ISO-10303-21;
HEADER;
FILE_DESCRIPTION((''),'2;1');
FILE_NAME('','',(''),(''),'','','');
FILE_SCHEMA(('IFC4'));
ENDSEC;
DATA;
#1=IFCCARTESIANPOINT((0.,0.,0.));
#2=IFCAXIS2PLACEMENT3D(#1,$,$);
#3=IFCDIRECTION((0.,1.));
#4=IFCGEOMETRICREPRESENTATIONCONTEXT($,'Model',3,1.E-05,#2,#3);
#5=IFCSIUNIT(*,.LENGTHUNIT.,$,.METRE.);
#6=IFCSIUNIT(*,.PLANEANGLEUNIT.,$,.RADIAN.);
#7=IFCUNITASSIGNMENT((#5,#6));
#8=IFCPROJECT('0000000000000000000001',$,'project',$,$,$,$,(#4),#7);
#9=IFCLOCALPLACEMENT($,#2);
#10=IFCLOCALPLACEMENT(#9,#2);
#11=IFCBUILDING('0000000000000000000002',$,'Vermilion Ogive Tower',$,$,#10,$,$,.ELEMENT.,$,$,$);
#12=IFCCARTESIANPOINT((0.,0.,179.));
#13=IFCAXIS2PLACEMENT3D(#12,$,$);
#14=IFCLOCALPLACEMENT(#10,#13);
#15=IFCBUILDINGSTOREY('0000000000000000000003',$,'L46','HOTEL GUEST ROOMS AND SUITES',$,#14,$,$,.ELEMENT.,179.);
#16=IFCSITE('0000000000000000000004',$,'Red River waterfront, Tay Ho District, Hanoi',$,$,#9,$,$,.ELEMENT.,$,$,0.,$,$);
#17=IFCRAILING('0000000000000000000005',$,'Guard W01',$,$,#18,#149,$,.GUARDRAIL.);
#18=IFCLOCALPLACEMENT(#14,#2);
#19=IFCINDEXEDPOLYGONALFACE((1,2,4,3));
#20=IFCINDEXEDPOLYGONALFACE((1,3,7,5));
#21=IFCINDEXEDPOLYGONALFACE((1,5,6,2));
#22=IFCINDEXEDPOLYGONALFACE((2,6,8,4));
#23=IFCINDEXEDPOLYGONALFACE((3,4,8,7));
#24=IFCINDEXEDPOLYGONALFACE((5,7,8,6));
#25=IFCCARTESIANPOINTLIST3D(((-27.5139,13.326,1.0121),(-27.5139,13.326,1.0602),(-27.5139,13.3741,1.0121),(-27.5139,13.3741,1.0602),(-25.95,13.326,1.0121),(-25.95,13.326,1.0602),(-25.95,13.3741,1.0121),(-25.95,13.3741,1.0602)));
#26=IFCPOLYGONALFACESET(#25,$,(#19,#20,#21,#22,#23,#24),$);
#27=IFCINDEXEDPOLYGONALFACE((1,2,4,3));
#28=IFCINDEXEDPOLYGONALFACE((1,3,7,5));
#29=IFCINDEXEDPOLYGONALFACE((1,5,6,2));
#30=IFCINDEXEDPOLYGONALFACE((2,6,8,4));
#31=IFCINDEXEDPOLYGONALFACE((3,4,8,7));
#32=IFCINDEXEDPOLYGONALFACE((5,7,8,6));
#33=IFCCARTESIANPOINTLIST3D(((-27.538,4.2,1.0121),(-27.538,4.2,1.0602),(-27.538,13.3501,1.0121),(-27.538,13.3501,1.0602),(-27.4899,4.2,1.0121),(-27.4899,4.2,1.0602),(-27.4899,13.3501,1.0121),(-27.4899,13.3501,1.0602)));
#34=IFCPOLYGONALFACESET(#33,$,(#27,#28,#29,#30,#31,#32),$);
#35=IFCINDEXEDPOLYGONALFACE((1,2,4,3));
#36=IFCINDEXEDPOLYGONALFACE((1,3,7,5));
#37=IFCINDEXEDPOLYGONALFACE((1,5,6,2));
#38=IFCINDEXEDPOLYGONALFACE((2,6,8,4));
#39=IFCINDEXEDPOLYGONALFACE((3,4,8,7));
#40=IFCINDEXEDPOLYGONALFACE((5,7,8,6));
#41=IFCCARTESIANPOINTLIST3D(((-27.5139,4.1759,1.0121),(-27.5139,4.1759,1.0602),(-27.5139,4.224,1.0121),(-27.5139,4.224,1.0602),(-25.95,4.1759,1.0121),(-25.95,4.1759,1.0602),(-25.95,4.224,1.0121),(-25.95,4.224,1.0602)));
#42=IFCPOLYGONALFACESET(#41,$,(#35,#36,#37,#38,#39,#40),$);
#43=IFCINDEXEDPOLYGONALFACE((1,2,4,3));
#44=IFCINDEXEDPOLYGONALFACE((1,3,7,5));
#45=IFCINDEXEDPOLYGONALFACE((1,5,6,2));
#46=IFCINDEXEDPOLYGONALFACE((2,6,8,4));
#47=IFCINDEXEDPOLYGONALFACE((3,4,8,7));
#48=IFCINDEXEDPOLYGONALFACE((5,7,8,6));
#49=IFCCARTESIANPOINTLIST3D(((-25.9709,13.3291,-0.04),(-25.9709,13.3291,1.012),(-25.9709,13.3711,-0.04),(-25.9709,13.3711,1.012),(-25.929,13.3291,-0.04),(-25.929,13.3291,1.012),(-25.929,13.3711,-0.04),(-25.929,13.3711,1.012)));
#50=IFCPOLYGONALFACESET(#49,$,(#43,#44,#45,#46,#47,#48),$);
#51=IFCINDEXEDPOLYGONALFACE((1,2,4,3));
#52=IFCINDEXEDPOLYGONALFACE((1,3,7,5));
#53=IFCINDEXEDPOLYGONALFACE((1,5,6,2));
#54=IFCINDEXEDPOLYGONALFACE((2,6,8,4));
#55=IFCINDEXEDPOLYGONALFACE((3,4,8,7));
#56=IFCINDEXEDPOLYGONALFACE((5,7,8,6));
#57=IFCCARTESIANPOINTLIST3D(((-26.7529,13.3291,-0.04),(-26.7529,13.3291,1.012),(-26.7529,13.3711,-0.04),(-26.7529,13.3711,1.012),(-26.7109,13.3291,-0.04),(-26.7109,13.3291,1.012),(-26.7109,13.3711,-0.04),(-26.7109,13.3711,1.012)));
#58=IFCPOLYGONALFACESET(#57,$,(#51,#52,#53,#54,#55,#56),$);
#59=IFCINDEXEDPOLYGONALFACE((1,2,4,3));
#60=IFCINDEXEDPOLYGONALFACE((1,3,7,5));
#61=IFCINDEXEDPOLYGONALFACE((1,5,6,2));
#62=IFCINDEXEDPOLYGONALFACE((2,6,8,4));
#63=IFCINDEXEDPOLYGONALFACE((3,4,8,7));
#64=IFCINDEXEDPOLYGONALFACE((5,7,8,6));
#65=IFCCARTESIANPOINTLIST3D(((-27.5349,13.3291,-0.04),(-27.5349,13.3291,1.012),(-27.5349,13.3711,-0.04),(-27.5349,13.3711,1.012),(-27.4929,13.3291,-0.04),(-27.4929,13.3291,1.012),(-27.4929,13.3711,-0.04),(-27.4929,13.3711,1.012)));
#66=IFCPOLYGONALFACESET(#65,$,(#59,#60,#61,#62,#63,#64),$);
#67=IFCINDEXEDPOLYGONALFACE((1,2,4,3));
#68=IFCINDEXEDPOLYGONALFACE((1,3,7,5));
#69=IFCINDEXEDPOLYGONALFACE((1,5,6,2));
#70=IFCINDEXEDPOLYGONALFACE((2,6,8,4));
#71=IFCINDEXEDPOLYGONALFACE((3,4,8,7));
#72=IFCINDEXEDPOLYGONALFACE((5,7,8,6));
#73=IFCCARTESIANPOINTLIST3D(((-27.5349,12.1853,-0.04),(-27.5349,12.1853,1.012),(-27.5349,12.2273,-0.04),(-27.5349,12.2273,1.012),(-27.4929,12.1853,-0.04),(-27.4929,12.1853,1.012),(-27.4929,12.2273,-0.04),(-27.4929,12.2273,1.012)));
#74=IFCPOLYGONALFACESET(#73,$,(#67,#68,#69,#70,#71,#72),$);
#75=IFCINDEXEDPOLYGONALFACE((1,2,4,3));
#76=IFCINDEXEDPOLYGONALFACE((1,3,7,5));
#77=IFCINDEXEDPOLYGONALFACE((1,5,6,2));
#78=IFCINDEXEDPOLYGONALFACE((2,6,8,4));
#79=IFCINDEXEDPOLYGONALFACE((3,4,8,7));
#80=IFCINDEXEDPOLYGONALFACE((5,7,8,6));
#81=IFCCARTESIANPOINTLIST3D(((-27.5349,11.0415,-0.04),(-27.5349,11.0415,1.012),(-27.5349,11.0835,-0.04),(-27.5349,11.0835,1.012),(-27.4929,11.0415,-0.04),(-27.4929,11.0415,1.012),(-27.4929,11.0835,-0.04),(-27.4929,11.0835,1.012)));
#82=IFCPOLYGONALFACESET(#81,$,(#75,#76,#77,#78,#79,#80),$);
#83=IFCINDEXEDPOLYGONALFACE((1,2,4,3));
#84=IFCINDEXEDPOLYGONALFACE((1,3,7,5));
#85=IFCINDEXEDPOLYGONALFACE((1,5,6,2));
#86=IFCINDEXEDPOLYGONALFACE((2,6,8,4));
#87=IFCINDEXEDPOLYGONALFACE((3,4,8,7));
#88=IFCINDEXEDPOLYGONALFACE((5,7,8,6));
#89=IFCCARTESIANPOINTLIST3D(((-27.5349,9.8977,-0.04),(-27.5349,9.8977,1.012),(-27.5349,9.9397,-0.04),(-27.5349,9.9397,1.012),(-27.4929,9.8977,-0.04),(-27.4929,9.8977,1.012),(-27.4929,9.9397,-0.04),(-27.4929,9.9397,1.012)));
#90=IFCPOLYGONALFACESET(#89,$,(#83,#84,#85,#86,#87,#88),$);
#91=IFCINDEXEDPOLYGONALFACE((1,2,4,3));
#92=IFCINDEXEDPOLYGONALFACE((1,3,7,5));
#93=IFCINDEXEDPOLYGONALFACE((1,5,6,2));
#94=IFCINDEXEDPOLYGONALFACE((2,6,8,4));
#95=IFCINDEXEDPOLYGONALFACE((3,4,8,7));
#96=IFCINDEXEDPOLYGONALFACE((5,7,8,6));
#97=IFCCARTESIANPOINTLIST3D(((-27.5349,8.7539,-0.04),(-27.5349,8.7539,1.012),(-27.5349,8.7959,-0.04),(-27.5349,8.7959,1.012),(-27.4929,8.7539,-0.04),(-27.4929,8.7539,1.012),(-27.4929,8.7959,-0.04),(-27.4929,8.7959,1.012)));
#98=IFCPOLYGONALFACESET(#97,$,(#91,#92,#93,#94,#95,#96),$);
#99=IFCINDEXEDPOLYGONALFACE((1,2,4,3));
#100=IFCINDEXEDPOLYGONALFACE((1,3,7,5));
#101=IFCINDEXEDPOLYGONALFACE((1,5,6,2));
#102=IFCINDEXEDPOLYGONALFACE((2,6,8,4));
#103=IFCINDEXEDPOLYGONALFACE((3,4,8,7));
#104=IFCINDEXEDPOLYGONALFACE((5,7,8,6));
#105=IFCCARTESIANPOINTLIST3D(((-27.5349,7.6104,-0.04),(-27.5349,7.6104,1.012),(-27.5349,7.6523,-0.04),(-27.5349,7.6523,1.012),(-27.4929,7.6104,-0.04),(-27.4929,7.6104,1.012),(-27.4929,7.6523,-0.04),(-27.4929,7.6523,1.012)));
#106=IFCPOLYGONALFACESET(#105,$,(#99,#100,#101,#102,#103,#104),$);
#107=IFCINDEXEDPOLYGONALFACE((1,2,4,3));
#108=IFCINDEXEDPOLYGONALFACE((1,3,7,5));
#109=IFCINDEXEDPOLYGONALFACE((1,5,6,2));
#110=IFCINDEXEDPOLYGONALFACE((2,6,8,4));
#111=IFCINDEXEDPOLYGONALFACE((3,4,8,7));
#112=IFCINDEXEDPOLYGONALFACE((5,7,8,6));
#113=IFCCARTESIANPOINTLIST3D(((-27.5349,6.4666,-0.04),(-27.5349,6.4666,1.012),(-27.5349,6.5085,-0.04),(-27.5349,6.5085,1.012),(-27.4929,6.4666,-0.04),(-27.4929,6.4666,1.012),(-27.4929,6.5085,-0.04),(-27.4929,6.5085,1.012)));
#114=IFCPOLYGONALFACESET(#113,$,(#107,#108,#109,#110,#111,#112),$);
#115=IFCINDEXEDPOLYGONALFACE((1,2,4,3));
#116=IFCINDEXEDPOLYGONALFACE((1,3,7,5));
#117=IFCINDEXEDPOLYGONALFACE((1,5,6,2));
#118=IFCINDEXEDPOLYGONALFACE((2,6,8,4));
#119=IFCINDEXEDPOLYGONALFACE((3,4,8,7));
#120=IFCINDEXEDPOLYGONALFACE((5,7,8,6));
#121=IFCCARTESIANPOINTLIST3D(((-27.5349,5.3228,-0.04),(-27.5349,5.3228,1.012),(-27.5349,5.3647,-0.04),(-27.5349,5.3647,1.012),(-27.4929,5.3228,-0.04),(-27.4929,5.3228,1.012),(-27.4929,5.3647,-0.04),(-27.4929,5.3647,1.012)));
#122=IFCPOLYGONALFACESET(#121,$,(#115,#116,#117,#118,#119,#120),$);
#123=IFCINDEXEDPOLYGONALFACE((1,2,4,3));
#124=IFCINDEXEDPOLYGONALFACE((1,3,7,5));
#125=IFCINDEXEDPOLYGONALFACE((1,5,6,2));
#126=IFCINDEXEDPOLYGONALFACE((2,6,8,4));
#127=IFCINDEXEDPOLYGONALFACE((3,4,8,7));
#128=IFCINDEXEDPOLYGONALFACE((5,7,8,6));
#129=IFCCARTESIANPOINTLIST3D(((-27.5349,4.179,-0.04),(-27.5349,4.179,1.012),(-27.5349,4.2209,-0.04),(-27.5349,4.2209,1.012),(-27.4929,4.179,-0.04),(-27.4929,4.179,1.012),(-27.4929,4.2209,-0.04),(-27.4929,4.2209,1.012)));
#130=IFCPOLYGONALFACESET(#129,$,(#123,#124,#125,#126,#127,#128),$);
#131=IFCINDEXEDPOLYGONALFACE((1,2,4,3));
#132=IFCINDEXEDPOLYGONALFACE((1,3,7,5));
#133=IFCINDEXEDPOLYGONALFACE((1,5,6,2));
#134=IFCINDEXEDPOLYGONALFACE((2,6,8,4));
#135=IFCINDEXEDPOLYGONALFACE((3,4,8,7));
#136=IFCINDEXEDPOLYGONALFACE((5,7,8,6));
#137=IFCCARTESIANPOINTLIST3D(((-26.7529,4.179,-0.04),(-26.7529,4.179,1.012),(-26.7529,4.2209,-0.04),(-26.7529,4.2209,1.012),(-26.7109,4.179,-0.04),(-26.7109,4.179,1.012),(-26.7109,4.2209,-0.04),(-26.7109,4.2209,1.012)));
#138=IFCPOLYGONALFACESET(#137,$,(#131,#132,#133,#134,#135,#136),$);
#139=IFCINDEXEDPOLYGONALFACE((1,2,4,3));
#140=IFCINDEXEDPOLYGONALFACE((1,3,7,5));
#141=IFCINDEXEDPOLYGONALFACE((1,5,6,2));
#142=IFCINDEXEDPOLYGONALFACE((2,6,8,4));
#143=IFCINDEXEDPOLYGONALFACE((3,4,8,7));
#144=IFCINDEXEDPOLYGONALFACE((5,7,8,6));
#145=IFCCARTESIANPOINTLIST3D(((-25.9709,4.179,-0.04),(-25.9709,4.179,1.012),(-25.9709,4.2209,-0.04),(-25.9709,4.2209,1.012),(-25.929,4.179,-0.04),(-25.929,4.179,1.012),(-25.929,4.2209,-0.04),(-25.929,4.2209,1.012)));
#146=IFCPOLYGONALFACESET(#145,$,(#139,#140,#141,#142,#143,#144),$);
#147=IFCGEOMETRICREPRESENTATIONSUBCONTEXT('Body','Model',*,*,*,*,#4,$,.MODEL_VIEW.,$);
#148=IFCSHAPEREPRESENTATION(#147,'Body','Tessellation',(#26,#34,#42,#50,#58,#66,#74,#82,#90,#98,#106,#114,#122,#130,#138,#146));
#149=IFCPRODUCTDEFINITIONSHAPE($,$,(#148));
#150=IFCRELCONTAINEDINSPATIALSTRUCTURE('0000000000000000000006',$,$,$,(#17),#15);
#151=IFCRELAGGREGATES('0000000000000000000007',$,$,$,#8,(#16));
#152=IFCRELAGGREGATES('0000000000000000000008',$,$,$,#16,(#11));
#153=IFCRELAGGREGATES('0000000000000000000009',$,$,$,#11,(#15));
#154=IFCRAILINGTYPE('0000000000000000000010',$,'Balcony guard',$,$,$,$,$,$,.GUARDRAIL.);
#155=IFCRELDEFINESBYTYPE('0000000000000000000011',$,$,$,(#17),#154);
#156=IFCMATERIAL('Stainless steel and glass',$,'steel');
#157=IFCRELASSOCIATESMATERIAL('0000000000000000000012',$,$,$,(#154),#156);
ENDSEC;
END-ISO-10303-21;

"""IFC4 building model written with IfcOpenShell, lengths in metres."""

from ifc_helpers import new_model, si_unit, direction, frame, origin, origin_2d, place, context, subcontext, project, spatial, rectangle, extrude, material, type_object, element, save


model = new_model("IFC4")

# Units and contexts
model_context = context("Model", 3, precision=1e-05, world=origin(), true_north=direction((0.0, 1.0)))
body_context = subcontext(model_context, "Body", "Model", "MODEL_VIEW")
ifc_project = project(units=[si_unit("LENGTHUNIT", "METRE"), si_unit("PLANEANGLEUNIT", "RADIAN")], contexts=[model_context])

# Site, building, storey
site_placement = place(None, origin())
site = spatial("IfcSite", under=ifc_project, at=site_placement, Name="Red River waterfront, Tay Ho District, Hanoi", CompositionType="ELEMENT", RefElevation=0.0)
building_placement = place(site_placement, origin())
building = spatial("IfcBuilding", under=site, at=building_placement, Name="Vermilion Ogive Tower", CompositionType="ELEMENT")
storey_placement = place(building_placement, frame((0.0, 0.0, 179.0)))
storey = spatial("IfcBuildingStorey", under=building, at=storey_placement, Name="L46", Description="HOTEL GUEST ROOMS AND SUITES", CompositionType="ELEMENT", Elevation=179.0)

# Railing
ifc_material_1 = material(Name="Stainless steel and glass", Category="steel")
railing_type = type_object("IfcRailingType", Name="Balcony guard", PredefinedType="GUARDRAIL", material=ifc_material_1)
railing_placement = place(storey_placement, frame((-25.95, 13.3501, -0.04)))
element("IfcRailing", 1, at=railing_placement, inside=storey, type_object=railing_type, Name="Guard W01", PredefinedType="GUARDRAIL", context=body_context, shape_type="SweptSolid", body=[
    extrude(rectangle(XDim=0.0481, YDim=0.0481, at=origin_2d()), frame((0.0, 0.0, 1.0762), z_axis=(-1.0, 0.0, 0.0), x_axis=(0.0, -1.0, 0.0)), (0.0, 0.0, 1.0), 1.564),
    extrude(rectangle(XDim=0.0481, YDim=0.0481, at=origin_2d()), frame((-1.564, 0.0, 1.0762), z_axis=(0.0, -1.0, 0.0), x_axis=(1.0, 0.0, 0.0)), (0.0, 0.0, 1.0), 9.1501),
    extrude(rectangle(XDim=0.0481, YDim=0.0481, at=origin_2d()), frame((-1.564, -9.1501, 1.0762), z_axis=(1.0, 0.0, 0.0), x_axis=(0.0, 1.0, 0.0)), (0.0, 0.0, 1.0), 1.564),
    extrude(rectangle(XDim=0.042, YDim=0.042, at=origin_2d()), origin(), (0.0, 0.0, 1.0), 1.052),
    extrude(rectangle(XDim=0.042, YDim=0.042, at=origin_2d()), frame((-0.782, 0.0, 0.0)), (0.0, 0.0, 1.0), 1.052),
    extrude(rectangle(XDim=0.042, YDim=0.042, at=origin_2d()), frame((-1.564, 0.0, 0.0)), (0.0, 0.0, 1.0), 1.052),
    extrude(rectangle(XDim=0.042, YDim=0.042, at=origin_2d()), frame((-1.564, -1.1438, 0.0)), (0.0, 0.0, 1.0), 1.052),
    extrude(rectangle(XDim=0.042, YDim=0.042, at=origin_2d()), frame((-1.564, -2.2876, 0.0)), (0.0, 0.0, 1.0), 1.052),
    extrude(rectangle(XDim=0.042, YDim=0.042, at=origin_2d()), frame((-1.564, -3.4314, 0.0)), (0.0, 0.0, 1.0), 1.052),
    extrude(rectangle(XDim=0.042, YDim=0.042, at=origin_2d()), frame((-1.564, -4.5752, 0.0)), (0.0, 0.0, 1.0), 1.052),
    extrude(rectangle(XDim=0.042, YDim=0.042, at=origin_2d()), frame((-1.564, -5.7188, 0.0)), (0.0, 0.0, 1.0), 1.052),
    extrude(rectangle(XDim=0.042, YDim=0.042, at=origin_2d()), frame((-1.564, -6.8625, 0.0)), (0.0, 0.0, 1.0), 1.052),
    extrude(rectangle(XDim=0.042, YDim=0.042, at=origin_2d()), frame((-1.564, -8.0063, 0.0)), (0.0, 0.0, 1.0), 1.052),
    extrude(rectangle(XDim=0.042, YDim=0.042, at=origin_2d()), frame((-1.564, -9.1501, 0.0)), (0.0, 0.0, 1.0), 1.052),
    extrude(rectangle(XDim=0.042, YDim=0.042, at=origin_2d()), frame((-0.782, -9.1501, 0.0)), (0.0, 0.0, 1.0), 1.052),
    extrude(rectangle(XDim=0.042, YDim=0.042, at=origin_2d()), frame((0.0, -9.1501, 0.0)), (0.0, 0.0, 1.0), 1.052),
])

save(model, "model.ifc")
